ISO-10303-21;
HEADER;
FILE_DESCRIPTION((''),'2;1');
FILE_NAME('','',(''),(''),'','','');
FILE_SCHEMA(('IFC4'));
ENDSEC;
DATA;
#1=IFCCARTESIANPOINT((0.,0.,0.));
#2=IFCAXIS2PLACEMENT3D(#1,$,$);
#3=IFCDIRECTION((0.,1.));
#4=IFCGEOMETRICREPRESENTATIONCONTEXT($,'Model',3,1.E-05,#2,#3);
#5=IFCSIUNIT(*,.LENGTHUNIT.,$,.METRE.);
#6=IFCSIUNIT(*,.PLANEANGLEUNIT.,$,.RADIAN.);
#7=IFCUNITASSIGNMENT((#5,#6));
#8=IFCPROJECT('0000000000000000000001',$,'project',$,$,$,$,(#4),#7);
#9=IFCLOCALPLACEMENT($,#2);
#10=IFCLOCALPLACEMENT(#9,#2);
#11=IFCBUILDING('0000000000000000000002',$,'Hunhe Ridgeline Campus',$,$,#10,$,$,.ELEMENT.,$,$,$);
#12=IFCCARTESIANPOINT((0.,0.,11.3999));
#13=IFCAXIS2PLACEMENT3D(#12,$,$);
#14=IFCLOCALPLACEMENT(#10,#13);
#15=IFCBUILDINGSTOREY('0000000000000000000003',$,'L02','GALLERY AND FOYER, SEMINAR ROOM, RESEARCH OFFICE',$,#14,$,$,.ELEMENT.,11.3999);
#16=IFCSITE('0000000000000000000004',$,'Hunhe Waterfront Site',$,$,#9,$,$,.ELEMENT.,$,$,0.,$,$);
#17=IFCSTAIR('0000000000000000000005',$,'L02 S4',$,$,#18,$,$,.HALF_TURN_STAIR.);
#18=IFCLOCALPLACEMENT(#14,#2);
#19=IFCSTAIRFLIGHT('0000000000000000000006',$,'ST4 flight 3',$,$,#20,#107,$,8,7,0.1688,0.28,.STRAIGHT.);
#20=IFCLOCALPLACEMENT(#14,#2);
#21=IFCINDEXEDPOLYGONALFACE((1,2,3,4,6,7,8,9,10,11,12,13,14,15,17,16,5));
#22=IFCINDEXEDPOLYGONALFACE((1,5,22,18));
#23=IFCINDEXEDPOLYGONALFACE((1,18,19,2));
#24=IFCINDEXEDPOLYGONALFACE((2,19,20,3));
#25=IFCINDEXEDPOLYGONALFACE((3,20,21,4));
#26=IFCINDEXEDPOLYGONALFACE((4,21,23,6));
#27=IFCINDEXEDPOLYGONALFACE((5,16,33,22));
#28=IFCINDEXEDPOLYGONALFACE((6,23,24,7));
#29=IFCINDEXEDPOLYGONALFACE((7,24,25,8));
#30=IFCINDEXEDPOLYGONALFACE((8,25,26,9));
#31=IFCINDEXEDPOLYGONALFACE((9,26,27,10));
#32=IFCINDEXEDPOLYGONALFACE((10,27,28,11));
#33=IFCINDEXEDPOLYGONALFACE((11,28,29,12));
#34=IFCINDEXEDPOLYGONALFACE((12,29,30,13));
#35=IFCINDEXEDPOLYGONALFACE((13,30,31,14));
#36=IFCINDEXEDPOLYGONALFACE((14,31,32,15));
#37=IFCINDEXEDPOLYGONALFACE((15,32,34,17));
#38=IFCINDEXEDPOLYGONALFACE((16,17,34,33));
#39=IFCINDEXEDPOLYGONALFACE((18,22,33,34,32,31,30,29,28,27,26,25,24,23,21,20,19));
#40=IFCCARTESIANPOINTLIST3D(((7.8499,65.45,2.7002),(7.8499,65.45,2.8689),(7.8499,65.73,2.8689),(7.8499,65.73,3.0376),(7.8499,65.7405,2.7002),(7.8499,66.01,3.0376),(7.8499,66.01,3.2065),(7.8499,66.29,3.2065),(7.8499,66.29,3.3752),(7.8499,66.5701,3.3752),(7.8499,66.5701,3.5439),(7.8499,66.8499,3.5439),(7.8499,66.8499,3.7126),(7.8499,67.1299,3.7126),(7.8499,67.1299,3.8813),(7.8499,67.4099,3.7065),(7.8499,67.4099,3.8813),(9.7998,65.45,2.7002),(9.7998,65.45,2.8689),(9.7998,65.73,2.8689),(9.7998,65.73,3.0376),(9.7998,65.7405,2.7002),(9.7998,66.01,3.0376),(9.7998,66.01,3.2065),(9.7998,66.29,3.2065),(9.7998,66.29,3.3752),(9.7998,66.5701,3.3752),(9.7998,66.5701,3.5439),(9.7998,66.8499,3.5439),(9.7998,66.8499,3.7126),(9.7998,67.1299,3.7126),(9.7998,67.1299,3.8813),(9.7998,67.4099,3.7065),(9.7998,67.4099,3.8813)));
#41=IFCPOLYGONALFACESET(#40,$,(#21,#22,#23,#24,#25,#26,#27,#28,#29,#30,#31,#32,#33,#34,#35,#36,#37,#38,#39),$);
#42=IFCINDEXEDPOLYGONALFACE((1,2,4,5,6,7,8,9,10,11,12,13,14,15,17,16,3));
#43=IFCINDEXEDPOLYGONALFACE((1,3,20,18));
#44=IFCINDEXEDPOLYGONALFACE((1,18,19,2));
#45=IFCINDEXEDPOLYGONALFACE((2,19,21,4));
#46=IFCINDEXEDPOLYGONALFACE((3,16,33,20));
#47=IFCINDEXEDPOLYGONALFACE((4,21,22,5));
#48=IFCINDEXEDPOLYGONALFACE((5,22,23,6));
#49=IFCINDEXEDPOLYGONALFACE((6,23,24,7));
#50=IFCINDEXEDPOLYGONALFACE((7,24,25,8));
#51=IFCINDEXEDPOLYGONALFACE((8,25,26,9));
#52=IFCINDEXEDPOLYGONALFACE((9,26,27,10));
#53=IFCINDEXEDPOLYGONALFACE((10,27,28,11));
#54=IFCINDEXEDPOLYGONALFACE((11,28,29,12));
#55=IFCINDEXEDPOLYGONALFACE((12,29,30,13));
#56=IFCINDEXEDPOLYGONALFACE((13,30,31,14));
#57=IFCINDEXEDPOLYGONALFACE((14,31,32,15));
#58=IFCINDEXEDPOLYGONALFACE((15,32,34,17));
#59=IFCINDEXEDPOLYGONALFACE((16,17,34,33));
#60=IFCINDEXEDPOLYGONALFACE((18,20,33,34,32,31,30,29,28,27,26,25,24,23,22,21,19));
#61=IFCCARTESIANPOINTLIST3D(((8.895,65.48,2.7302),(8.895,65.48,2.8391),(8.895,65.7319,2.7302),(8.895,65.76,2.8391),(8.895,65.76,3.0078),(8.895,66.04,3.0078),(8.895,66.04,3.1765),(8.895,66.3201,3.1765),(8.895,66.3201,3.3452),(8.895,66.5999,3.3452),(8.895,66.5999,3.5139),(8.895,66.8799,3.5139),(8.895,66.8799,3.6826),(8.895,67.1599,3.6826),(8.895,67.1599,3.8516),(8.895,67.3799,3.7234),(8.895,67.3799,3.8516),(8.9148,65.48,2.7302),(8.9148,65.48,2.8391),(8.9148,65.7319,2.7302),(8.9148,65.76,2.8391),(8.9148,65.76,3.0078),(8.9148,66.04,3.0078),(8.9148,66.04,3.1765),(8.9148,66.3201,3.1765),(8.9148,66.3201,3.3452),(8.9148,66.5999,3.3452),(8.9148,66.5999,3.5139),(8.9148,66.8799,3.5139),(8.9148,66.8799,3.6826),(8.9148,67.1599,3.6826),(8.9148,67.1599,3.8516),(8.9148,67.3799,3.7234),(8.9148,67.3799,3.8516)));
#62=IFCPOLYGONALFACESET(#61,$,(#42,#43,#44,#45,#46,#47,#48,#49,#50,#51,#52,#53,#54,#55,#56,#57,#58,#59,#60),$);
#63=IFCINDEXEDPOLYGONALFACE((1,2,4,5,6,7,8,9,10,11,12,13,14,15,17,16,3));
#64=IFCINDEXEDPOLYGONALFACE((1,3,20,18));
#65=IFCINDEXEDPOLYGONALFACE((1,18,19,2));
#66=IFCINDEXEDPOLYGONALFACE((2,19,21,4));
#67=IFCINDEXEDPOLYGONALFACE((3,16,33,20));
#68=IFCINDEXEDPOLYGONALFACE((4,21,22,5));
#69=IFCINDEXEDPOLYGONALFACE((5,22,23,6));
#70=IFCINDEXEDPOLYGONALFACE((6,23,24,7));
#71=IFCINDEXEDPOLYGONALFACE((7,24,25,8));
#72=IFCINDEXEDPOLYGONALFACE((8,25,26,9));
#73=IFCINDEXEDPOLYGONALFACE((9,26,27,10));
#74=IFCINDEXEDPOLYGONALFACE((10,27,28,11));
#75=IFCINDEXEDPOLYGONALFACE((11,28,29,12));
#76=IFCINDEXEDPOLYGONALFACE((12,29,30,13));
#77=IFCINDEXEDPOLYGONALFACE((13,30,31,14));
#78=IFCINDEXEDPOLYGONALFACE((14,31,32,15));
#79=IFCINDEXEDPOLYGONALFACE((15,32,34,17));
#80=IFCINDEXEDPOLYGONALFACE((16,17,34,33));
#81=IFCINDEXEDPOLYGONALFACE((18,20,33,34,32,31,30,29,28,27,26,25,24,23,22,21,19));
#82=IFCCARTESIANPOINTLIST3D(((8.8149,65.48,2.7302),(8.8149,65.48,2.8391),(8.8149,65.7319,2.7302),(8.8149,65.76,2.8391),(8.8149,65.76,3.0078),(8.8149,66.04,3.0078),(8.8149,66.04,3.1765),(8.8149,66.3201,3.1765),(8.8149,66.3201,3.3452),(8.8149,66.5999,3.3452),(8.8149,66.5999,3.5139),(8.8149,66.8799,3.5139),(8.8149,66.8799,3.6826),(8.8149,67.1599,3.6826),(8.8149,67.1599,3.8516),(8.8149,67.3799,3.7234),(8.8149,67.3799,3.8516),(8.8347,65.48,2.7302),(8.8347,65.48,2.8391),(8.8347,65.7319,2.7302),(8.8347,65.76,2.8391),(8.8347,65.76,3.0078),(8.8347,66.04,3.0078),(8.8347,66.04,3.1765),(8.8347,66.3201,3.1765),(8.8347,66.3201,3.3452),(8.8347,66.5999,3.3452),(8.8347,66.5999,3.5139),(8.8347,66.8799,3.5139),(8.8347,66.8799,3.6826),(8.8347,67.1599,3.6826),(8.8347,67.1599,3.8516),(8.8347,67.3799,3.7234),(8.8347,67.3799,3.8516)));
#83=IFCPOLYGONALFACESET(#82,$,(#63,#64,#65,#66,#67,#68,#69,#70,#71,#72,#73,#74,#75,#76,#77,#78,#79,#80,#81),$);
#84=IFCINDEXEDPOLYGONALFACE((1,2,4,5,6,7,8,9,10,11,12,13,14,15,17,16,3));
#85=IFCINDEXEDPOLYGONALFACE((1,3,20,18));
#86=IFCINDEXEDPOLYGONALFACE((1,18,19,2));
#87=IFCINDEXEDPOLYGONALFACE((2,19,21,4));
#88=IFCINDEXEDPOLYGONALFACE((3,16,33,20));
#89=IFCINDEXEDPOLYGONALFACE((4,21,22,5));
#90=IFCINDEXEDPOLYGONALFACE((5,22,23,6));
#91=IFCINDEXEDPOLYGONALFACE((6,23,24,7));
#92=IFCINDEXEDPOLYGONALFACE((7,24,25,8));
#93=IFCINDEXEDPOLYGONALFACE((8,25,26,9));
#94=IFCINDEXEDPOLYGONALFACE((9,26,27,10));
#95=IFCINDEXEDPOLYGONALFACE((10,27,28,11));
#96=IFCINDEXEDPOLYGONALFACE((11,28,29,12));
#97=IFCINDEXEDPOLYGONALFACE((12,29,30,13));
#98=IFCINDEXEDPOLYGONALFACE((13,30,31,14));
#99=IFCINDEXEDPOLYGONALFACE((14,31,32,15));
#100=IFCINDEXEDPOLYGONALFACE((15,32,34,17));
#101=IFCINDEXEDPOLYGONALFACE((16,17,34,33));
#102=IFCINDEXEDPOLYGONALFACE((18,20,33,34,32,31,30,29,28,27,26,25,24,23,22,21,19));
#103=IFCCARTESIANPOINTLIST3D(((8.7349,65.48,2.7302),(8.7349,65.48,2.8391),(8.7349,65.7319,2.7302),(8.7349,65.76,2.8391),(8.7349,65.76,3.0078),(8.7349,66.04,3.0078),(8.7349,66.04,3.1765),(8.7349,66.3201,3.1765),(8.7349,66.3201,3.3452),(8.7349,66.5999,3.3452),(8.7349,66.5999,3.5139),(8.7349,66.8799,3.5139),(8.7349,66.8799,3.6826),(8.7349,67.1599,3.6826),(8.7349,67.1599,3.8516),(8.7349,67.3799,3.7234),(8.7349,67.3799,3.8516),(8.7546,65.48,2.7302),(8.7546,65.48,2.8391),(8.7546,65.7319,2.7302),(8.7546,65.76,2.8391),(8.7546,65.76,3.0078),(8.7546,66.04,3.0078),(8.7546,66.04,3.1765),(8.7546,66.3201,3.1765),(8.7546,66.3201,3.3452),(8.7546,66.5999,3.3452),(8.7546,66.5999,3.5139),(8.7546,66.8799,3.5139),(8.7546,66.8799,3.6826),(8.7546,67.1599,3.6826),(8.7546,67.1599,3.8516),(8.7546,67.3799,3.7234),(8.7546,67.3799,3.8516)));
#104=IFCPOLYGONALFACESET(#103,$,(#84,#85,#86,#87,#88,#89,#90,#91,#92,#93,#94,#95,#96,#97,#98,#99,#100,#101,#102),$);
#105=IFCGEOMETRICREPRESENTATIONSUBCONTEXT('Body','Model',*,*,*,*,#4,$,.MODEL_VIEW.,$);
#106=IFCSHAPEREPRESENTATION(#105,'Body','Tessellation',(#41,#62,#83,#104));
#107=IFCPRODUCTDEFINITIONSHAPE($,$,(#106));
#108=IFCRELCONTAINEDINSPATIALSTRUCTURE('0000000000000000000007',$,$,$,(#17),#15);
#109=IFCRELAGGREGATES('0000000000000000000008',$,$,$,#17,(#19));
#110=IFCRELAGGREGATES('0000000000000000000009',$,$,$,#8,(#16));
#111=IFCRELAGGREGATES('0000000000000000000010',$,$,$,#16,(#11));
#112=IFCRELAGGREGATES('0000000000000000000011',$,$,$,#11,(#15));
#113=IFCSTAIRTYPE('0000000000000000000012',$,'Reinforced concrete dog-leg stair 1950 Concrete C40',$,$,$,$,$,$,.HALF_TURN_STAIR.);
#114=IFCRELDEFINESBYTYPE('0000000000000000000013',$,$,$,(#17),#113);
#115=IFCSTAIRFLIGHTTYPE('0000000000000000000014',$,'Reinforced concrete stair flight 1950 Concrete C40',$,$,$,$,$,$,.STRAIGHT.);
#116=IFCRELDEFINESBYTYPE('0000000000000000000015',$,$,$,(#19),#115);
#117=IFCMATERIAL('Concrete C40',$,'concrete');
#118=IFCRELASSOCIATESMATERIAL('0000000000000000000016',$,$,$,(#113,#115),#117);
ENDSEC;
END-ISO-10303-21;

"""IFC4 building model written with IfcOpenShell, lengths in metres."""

from ifc_helpers import new_model, si_unit, direction, frame, origin, place, context, subcontext, project, spatial, polyline, outline, extrude, material, type_object, element, aggregate, save


model = new_model("IFC4")

# Units and contexts
model_context = context("Model", 3, precision=1e-05, world=origin(), true_north=direction((0.0, 1.0)))
body_context = subcontext(model_context, "Body", "Model", "MODEL_VIEW")
ifc_project = project(units=[si_unit("LENGTHUNIT", "METRE"), si_unit("PLANEANGLEUNIT", "RADIAN")], contexts=[model_context])

# Site, building, storey
site_placement = place(None, origin())
site = spatial("IfcSite", under=ifc_project, at=site_placement, Name="Hunhe Waterfront Site", CompositionType="ELEMENT", RefElevation=0.0)
building_placement = place(site_placement, origin())
building = spatial("IfcBuilding", under=site, at=building_placement, Name="Hunhe Ridgeline Campus", CompositionType="ELEMENT")
storey_placement = place(building_placement, frame((0.0, 0.0, 11.3999)))
storey = spatial("IfcBuildingStorey", under=building, at=storey_placement, Name="L02", Description="GALLERY AND FOYER, SEMINAR ROOM, RESEARCH OFFICE", CompositionType="ELEMENT", Elevation=11.3999)

# Stair, stair flight
ifc_material_1 = material(Name="Concrete C40", Category="concrete")
stair_type = type_object("IfcStairType", Name="Reinforced concrete dog-leg stair 1950 Concrete C40", PredefinedType="HALF_TURN_STAIR", material=ifc_material_1)
stair_1_placement = place(storey_placement, origin())
stair_1 = element("IfcStair", 1, at=stair_1_placement, inside=storey, type_object=stair_type, Name="L02 S4", PredefinedType="HALF_TURN_STAIR")
stair_flight_type = type_object("IfcStairFlightType", Name="Reinforced concrete stair flight 1950 Concrete C40", PredefinedType="STRAIGHT", material=ifc_material_1)
stair_flight_1_placement = place(storey_placement, frame((8.825, 65.45, 2.7002), z_axis=(0.0, 0.0, 1.0), x_axis=(0.0, 1.0, 0.0)))
stair_flight_1 = element("IfcStairFlight", 2, at=stair_flight_1_placement, type_object=stair_flight_type, Name="ST4 flight 3", NumberOfRisers=8, NumberOfTreads=7, PredefinedType="STRAIGHT", RiserHeight=0.1688, TreadLength=0.28, context=body_context, shape_type="SweptSolid", body=[
    extrude(outline(polyline([(0.0, 0.0), (0.0, 0.1687), (0.28, 0.1687), (0.28, 0.3374), (0.5601, 0.3374), (0.5601, 0.5063), (0.8401, 0.5063), (0.8401, 0.675), (1.1201, 0.675), (1.1201, 0.8438), (1.3999, 0.8438), (1.3999, 1.0125), (1.6799, 1.0125), (1.6799, 1.1812), (1.96, 1.1812), (1.96, 1.3501), (1.96, 1.0063), (0.2905, 0.0), (0.0, 0.0)])), frame((0.0, 0.9751, 0.0), z_axis=(0.0, -1.0, 0.0), x_axis=(1.0, 0.0, 0.0)), (0.0, 0.0, 1.0), 1.95),
    extrude(outline(polyline([(0.03, 0.03), (0.03, 0.1389), (0.3101, 0.1389), (0.3101, 0.3076), (0.5901, 0.3076), (0.5901, 0.4763), (0.8701, 0.4763), (0.8701, 0.645), (1.1499, 0.645), (1.1499, 0.8137), (1.4299, 0.8137), (1.4299, 0.9824), (1.71, 0.9824), (1.71, 1.1514), (1.9299, 1.1514), (1.9299, 1.0232), (0.282, 0.03), (0.03, 0.03)])), frame((0.0, -0.0701, 0.0), z_axis=(0.0, -1.0, 0.0), x_axis=(1.0, 0.0, 0.0)), (0.0, 0.0, 1.0), 0.0198),
    extrude(outline(polyline([(0.03, 0.03), (0.03, 0.1389), (0.3101, 0.1389), (0.3101, 0.3076), (0.5901, 0.3076), (0.5901, 0.4763), (0.8701, 0.4763), (0.8701, 0.645), (1.1499, 0.645), (1.1499, 0.8137), (1.4299, 0.8137), (1.4299, 0.9824), (1.71, 0.9824), (1.71, 1.1514), (1.9299, 1.1514), (1.9299, 1.0232), (0.282, 0.03), (0.03, 0.03)])), frame((0.0, 0.01, 0.0), z_axis=(0.0, -1.0, 0.0), x_axis=(1.0, 0.0, 0.0)), (0.0, 0.0, 1.0), 0.0198),
    extrude(outline(polyline([(0.03, 0.03), (0.03, 0.1389), (0.3101, 0.1389), (0.3101, 0.3076), (0.5901, 0.3076), (0.5901, 0.4763), (0.8701, 0.4763), (0.8701, 0.645), (1.1499, 0.645), (1.1499, 0.8137), (1.4299, 0.8137), (1.4299, 0.9824), (1.71, 0.9824), (1.71, 1.1514), (1.9299, 1.1514), (1.9299, 1.0232), (0.282, 0.03), (0.03, 0.03)])), frame((0.0, 0.0901, 0.0), z_axis=(0.0, -1.0, 0.0), x_axis=(1.0, 0.0, 0.0)), (0.0, 0.0, 1.0), 0.0198),
])
aggregate(stair_1, [stair_flight_1])

save(model, "model.ifc")
